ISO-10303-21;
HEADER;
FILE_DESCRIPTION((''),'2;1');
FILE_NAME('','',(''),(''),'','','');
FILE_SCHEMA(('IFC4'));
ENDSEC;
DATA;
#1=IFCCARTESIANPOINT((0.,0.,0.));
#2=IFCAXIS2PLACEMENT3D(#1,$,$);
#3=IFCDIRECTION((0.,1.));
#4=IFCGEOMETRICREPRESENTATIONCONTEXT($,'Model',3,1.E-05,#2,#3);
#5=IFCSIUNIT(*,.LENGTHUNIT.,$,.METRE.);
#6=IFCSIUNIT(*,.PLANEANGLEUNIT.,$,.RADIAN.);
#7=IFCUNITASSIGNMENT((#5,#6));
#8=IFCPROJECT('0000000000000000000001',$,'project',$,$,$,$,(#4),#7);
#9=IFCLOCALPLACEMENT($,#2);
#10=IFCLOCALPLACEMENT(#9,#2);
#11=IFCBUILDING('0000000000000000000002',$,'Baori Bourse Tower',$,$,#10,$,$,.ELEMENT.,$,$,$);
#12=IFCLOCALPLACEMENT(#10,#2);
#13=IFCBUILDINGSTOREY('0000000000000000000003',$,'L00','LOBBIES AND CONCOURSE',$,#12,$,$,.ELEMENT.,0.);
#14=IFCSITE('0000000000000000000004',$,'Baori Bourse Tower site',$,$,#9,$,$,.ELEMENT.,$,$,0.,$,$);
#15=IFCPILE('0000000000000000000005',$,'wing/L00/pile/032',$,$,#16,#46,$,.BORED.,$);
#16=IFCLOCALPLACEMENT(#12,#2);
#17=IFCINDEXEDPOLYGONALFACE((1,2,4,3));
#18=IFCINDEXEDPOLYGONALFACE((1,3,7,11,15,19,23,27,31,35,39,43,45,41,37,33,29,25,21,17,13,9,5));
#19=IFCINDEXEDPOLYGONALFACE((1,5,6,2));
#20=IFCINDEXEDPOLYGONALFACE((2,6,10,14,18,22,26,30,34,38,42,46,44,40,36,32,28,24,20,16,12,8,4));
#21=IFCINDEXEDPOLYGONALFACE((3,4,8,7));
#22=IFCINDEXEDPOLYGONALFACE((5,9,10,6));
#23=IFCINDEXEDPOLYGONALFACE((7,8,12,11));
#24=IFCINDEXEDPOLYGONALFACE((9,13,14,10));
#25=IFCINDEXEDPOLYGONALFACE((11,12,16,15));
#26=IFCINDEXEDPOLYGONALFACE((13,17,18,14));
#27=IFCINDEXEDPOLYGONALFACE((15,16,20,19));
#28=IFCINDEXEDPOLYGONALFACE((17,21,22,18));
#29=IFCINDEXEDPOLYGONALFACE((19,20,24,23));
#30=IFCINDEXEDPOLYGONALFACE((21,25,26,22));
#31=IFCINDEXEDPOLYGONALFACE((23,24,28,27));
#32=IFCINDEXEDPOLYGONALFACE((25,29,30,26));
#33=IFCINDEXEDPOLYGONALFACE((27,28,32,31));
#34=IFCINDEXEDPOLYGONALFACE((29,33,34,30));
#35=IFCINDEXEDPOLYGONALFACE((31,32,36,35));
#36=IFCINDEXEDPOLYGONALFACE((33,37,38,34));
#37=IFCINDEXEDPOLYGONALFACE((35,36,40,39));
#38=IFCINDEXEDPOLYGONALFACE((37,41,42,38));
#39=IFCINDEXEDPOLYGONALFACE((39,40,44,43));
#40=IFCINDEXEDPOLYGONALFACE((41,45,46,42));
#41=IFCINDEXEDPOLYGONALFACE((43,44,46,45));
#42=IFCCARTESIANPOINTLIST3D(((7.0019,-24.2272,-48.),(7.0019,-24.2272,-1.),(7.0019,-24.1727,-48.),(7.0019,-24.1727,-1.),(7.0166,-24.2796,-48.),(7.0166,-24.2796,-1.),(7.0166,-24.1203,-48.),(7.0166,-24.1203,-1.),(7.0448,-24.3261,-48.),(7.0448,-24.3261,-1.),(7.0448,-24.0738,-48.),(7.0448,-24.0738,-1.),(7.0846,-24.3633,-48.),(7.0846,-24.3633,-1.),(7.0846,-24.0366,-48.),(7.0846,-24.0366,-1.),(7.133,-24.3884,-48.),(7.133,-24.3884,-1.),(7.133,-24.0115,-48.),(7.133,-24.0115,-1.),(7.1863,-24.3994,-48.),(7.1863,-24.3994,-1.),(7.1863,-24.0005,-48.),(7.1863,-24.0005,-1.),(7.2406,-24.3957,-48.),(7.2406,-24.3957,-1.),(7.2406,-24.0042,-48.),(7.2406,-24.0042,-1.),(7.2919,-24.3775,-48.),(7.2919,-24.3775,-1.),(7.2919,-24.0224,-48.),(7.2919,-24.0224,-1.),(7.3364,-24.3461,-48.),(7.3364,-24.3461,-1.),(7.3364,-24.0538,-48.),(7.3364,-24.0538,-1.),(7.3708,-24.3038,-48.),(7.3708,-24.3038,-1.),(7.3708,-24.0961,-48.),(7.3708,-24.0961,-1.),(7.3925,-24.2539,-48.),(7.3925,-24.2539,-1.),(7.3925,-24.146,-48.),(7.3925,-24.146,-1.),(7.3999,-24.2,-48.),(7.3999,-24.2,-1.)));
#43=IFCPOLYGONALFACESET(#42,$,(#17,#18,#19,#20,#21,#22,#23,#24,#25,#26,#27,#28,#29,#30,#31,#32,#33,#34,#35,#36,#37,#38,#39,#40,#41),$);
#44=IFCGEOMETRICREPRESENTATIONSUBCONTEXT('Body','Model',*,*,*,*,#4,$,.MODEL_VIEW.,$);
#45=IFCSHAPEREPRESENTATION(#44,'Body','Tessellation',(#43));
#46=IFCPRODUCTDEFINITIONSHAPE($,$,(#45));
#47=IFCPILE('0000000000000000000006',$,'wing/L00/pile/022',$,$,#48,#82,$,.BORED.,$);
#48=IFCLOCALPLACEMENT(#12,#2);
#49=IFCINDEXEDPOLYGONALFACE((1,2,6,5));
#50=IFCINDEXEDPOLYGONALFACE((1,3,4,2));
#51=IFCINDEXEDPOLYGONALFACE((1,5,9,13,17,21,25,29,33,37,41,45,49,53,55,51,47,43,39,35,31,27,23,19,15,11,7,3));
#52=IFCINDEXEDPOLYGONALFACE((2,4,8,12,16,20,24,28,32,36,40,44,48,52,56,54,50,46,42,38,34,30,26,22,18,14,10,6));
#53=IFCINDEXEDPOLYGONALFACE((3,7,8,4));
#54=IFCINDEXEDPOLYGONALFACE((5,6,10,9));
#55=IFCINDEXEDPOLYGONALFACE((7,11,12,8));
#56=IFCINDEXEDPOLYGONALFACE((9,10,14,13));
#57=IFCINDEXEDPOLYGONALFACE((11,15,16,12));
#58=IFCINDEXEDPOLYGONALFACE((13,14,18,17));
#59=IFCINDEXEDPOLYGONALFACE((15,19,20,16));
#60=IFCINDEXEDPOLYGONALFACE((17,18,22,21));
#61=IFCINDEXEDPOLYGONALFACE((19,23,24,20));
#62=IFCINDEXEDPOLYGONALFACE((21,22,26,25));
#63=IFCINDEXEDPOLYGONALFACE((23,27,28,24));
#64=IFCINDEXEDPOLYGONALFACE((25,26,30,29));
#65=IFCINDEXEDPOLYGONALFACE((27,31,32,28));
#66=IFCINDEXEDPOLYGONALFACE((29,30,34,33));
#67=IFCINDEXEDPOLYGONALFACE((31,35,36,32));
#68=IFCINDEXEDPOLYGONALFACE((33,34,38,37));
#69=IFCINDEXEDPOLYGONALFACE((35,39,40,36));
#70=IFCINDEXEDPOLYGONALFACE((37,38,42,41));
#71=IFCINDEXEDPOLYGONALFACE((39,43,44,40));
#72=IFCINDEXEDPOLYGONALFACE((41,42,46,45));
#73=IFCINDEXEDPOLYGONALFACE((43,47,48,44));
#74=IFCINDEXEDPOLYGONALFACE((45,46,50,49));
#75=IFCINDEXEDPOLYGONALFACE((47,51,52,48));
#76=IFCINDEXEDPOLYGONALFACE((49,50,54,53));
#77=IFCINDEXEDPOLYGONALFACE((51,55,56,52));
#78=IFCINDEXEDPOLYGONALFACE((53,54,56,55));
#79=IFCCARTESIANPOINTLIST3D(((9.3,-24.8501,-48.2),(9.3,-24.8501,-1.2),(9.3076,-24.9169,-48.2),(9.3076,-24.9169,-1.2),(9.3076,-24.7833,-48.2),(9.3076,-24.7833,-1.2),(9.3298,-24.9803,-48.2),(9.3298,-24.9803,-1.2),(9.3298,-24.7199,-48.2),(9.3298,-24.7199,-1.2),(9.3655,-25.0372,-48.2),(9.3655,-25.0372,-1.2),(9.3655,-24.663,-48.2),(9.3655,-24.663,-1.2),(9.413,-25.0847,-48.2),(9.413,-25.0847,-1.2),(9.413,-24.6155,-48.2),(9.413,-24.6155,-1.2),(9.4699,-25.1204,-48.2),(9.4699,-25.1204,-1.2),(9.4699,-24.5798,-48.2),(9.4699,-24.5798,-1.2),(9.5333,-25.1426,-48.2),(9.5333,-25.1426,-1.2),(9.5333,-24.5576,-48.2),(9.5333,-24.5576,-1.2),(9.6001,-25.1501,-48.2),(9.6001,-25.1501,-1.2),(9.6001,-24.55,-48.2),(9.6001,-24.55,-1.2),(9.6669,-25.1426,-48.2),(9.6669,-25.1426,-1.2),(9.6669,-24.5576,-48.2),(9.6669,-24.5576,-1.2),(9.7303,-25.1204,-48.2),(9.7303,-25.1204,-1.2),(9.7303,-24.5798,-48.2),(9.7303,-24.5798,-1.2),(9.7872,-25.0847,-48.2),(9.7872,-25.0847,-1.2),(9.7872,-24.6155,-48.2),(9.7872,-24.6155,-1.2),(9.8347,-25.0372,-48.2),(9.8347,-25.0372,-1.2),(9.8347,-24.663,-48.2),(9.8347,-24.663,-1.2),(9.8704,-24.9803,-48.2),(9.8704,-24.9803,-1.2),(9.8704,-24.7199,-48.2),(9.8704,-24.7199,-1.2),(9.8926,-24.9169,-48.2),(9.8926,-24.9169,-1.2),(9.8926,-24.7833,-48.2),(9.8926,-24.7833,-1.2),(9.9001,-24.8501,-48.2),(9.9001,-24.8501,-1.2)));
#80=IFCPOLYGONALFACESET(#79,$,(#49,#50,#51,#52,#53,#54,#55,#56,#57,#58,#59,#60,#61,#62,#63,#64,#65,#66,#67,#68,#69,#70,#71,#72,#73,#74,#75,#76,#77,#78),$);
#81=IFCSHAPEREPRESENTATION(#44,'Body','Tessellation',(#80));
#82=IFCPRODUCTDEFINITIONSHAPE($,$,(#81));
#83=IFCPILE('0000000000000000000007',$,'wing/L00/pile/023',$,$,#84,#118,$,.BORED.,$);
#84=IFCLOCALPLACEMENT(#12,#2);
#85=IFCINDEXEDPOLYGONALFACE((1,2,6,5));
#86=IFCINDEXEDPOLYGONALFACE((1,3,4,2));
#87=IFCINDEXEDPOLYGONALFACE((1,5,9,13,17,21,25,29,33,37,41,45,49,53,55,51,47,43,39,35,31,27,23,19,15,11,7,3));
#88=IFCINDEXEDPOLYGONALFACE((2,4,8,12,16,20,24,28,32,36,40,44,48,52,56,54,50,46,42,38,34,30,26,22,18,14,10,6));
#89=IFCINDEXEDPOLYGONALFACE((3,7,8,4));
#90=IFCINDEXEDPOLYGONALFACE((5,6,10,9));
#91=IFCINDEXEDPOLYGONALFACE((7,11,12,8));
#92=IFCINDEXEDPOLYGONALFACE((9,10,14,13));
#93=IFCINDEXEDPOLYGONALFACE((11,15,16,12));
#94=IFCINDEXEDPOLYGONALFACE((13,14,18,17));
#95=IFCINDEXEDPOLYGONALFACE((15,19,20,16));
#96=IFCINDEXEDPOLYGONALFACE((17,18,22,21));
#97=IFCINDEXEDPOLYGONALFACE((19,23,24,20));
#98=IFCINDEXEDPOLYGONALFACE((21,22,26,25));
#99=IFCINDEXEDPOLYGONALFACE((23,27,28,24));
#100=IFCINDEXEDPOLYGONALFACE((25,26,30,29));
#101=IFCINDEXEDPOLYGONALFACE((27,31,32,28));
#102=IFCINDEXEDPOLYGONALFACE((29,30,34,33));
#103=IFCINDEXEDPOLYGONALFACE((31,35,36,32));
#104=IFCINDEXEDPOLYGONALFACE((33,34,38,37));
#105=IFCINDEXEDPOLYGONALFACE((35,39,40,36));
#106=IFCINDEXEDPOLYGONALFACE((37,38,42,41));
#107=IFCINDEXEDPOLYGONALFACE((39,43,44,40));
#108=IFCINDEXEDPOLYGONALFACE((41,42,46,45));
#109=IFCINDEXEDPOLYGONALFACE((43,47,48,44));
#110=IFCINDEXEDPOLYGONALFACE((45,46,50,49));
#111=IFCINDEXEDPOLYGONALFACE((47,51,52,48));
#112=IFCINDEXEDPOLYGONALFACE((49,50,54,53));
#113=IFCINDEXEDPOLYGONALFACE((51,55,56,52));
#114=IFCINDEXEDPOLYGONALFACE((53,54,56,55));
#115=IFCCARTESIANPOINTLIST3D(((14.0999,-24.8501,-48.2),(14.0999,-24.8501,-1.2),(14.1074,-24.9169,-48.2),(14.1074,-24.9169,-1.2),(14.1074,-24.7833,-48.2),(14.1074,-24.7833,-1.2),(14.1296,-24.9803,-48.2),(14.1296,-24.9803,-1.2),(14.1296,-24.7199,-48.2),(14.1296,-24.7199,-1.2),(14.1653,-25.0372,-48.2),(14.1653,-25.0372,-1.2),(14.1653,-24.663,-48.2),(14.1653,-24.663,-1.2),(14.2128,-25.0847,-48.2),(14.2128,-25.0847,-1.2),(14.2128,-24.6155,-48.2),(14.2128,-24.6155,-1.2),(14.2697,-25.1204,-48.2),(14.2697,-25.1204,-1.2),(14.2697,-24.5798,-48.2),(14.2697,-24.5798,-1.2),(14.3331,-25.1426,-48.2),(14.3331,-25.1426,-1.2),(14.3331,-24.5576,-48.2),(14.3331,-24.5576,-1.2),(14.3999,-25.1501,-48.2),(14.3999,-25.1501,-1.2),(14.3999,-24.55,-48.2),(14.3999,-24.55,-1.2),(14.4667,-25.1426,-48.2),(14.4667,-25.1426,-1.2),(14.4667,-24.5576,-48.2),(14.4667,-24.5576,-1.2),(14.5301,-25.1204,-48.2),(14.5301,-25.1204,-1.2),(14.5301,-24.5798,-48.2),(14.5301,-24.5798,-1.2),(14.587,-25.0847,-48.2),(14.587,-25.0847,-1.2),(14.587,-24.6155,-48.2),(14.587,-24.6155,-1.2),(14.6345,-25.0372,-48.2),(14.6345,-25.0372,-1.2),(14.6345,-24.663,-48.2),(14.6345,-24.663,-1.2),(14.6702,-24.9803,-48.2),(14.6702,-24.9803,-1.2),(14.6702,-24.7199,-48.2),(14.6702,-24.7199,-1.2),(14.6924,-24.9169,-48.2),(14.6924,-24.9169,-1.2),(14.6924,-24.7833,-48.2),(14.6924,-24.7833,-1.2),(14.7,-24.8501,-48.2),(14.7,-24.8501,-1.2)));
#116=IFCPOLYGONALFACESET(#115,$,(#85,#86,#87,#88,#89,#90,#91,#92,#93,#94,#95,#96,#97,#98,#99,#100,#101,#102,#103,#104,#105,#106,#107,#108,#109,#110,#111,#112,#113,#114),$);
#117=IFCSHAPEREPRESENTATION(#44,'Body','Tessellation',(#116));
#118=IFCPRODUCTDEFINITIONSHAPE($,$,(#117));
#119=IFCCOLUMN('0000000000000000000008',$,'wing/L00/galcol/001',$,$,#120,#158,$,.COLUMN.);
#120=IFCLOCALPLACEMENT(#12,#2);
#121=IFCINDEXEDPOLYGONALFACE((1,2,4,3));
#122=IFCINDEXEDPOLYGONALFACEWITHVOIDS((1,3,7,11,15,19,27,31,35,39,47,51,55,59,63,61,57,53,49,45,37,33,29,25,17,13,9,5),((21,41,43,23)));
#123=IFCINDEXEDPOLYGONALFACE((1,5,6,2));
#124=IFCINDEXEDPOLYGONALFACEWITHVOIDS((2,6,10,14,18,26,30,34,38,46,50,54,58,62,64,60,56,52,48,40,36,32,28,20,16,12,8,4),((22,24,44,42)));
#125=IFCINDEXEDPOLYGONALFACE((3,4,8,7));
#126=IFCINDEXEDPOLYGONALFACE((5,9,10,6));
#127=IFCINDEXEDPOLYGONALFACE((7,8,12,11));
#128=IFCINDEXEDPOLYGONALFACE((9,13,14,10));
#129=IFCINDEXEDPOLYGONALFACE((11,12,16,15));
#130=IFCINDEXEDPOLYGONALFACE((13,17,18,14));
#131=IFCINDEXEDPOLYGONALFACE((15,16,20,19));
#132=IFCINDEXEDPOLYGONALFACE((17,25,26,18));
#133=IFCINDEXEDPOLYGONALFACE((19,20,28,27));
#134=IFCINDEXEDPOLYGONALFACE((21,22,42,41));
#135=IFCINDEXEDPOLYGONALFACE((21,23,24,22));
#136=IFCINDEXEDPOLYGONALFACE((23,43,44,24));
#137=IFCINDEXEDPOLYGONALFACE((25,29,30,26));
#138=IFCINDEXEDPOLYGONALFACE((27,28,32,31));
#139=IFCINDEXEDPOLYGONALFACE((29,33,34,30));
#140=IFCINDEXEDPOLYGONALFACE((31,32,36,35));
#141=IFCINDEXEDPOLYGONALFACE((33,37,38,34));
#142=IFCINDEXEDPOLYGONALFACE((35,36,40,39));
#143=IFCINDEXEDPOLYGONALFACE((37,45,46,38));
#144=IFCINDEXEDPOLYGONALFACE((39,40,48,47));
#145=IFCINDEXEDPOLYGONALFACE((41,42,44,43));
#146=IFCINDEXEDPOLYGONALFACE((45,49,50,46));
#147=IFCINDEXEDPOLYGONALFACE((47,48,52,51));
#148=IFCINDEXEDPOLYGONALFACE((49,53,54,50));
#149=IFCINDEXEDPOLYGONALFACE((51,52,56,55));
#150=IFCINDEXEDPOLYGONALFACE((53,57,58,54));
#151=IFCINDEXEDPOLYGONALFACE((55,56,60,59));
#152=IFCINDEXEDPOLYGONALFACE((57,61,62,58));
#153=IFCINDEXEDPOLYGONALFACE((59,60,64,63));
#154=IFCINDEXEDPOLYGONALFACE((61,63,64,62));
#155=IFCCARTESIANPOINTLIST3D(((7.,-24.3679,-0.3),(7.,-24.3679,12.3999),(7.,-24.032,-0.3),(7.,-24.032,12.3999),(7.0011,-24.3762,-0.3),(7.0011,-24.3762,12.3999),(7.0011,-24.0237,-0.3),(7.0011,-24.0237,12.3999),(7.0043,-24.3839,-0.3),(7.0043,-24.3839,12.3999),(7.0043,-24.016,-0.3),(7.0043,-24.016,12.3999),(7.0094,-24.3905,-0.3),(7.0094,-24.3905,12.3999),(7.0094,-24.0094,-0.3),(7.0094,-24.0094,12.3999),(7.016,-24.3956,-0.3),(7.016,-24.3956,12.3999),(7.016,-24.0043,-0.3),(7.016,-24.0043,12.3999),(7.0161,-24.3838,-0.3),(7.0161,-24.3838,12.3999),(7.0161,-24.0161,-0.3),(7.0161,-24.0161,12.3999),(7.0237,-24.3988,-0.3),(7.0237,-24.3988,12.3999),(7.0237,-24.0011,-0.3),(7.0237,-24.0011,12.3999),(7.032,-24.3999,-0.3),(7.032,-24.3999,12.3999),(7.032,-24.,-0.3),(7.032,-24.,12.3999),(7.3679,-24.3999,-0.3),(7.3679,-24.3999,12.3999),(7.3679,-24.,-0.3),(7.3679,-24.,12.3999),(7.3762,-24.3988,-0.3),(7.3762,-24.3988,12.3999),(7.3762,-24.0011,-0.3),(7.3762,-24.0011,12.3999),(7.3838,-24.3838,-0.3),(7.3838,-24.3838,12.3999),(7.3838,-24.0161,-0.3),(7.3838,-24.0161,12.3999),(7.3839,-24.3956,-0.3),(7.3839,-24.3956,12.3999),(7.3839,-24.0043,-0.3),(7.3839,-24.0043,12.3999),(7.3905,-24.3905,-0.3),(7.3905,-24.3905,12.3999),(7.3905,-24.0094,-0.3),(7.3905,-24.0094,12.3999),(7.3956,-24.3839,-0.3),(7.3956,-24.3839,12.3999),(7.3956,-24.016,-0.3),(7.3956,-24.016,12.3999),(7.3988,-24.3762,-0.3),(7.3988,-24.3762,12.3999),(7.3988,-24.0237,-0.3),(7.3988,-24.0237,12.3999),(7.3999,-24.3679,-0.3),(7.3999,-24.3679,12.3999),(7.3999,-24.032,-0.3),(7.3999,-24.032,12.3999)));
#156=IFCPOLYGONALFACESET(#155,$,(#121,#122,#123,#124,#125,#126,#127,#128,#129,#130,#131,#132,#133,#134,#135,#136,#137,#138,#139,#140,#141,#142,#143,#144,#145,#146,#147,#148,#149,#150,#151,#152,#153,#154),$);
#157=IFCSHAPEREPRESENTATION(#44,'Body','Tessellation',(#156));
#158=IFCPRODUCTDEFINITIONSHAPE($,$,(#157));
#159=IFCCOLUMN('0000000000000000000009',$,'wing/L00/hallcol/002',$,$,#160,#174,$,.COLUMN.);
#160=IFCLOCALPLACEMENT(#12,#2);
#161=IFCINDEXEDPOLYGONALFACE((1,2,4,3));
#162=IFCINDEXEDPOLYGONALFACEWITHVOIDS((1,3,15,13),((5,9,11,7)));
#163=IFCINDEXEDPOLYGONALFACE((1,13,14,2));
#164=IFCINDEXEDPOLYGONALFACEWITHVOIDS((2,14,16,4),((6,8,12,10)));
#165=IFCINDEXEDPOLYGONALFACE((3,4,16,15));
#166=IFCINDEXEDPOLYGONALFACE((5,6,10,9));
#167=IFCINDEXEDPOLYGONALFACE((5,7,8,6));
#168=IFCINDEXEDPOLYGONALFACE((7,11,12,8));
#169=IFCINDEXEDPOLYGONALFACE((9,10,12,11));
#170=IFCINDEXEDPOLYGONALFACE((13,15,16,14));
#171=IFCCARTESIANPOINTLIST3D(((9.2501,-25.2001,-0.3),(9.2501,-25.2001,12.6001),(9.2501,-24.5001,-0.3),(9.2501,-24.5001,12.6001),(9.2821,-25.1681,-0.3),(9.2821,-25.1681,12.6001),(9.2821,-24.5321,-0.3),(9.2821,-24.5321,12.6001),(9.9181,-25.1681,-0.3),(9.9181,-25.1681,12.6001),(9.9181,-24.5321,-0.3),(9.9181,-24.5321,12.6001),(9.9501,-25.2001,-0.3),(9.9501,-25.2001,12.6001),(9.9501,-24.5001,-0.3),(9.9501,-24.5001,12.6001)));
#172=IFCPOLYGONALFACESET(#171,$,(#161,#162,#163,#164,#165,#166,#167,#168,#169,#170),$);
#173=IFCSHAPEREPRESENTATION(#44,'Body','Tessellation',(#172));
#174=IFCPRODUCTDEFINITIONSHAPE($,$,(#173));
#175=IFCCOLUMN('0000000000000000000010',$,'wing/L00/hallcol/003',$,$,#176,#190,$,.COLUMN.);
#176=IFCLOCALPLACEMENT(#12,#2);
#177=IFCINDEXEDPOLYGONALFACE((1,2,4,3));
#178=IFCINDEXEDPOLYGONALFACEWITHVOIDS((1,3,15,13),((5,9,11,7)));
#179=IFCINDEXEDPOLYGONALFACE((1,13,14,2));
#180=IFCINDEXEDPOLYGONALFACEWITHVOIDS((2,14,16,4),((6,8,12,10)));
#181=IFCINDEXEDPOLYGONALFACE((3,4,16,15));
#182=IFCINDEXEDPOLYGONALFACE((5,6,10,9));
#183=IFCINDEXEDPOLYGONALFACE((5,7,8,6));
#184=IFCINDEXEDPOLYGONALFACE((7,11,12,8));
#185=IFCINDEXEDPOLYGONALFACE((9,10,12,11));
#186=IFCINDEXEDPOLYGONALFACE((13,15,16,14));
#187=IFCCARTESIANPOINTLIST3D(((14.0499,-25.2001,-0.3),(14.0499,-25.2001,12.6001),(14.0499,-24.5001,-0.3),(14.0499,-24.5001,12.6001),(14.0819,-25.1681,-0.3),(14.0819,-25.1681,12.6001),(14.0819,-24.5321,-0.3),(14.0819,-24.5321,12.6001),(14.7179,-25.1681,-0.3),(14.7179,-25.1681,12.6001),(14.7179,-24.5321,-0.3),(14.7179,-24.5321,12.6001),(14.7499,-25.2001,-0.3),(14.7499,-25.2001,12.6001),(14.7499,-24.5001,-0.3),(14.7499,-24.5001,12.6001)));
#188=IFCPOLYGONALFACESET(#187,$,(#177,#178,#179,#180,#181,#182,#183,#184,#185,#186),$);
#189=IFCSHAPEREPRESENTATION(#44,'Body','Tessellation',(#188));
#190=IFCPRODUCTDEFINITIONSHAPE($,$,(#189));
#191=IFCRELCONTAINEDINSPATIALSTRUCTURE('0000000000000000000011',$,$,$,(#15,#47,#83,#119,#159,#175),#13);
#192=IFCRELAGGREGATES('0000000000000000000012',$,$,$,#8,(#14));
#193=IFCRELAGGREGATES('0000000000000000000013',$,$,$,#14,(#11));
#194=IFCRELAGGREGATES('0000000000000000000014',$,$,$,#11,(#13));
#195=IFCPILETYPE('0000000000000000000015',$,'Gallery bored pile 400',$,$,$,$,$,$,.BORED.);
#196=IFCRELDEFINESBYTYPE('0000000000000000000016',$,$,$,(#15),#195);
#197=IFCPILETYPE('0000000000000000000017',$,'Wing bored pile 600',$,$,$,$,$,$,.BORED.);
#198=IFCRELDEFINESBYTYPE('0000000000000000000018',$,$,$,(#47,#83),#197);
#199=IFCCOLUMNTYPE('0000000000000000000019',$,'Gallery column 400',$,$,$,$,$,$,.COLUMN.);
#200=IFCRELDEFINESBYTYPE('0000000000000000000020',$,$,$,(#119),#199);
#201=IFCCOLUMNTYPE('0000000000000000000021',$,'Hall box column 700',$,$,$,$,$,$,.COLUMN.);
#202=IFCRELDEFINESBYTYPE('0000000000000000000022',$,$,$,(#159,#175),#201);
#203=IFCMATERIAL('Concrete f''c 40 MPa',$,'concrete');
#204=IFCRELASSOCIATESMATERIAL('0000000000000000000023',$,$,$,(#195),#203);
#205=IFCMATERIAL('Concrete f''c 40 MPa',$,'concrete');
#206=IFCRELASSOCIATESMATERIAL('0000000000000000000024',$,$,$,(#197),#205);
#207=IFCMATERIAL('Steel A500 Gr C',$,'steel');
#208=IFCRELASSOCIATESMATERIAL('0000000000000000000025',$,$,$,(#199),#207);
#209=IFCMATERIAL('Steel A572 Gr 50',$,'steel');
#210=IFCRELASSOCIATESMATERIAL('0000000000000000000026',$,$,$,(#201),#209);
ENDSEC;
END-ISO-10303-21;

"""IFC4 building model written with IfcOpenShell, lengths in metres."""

from ifc_helpers import new_model, si_unit, direction, frame, origin, origin_2d, place, context, subcontext, project, spatial, hollow_rectangle, circle, extrude, material, material_profile, profile_set, type_object, element, save


model = new_model("IFC4")

# Units and contexts
model_context = context("Model", 3, precision=1e-05, world=origin(), true_north=direction((0.0, 1.0)))
body_context = subcontext(model_context, "Body", "Model", "MODEL_VIEW")
ifc_project = project(units=[si_unit("LENGTHUNIT", "METRE"), si_unit("PLANEANGLEUNIT", "RADIAN")], contexts=[model_context])

# Site, building, storey
site_placement = place(None, origin())
site = spatial("IfcSite", under=ifc_project, at=site_placement, Name="Baori Bourse Tower site", CompositionType="ELEMENT", RefElevation=0.0)
building_placement = place(site_placement, origin())
building = spatial("IfcBuilding", under=site, at=building_placement, Name="Baori Bourse Tower", CompositionType="ELEMENT")
storey_placement = place(building_placement, origin())
storey = spatial("IfcBuildingStorey", under=building, at=storey_placement, Name="L00", Description="LOBBIES AND CONCOURSE", CompositionType="ELEMENT", Elevation=0.0)

# Piles
ifc_material_1 = material(Name="Concrete f'c 40 MPa", Category="concrete")
ifc_material_profile_1 = material_profile(ifc_material_1, circle(Radius=0.2, at=origin_2d()), Name="Gallery bored pile 400")
ifc_profile_set_1 = profile_set([ifc_material_profile_1], Name="Concrete f'c 40 MPa")
pile_type_1 = type_object("IfcPileType", Name="Gallery bored pile 400", PredefinedType="BORED", material=ifc_profile_set_1)
pile_placement = place(storey_placement, frame((7.2, -24.2, -1.0), z_axis=(0.0, 0.0, -1.0), x_axis=(1.0, 0.0, 0.0)))
element("IfcPile", 1, at=pile_placement, inside=storey, type_object=pile_type_1, Name="wing/L00/pile/032", PredefinedType="BORED", context=body_context, shape_type="SweptSolid", body=[
    extrude(circle(Radius=0.2, at=origin_2d()), origin(), (0.0, 0.0, 1.0), 47.0),
])
ifc_material_2 = material(Name="Concrete f'c 40 MPa", Category="concrete")
ifc_material_profile_2 = material_profile(ifc_material_2, circle(Radius=0.3, at=origin_2d()), Name="Wing bored pile 600")
ifc_profile_set_2 = profile_set([ifc_material_profile_2], Name="Concrete f'c 40 MPa")
pile_type_2 = type_object("IfcPileType", Name="Wing bored pile 600", PredefinedType="BORED", material=ifc_profile_set_2)
for number, where, z_axis, x_axis, name in (
    (2, (9.6001, -24.8501, -1.2), (0.0, 0.0, -1.0), (1.0, 0.0, 0.0), "wing/L00/pile/022"),
    (3, (14.3999, -24.8501, -1.2), (0.0, 0.0, -1.0), (1.0, 0.0, 0.0), "wing/L00/pile/023"),
):
    element("IfcPile", number, at=place(storey_placement, frame(where, z_axis=z_axis, x_axis=x_axis)), inside=storey, type_object=pile_type_2, Name=name, PredefinedType="BORED", context=body_context, shape_type="SweptSolid", body=[
        extrude(circle(Radius=0.3, at=origin_2d()), origin(), (0.0, 0.0, 1.0), 47.0),
    ])

# Columns
ifc_material_3 = material(Name="Steel A500 Gr C", Category="steel")
ifc_material_profile_3 = material_profile(ifc_material_3, hollow_rectangle(XDim=0.3999, YDim=0.3999, WallThickness=0.0161, OuterFilletRadius=0.032, at=origin_2d()), Name="HSS400x400x16")
ifc_profile_set_3 = profile_set([ifc_material_profile_3], Name="Steel A500 Gr C")
column_type_1 = type_object("IfcColumnType", Name="Gallery column 400", PredefinedType="COLUMN", material=ifc_profile_set_3)
column_placement = place(storey_placement, frame((7.2, -24.2, -0.3), z_axis=(0.0, 0.0, 1.0), x_axis=(1.0, 0.0, 0.0)))
element("IfcColumn", 4, at=column_placement, inside=storey, type_object=column_type_1, Name="wing/L00/galcol/001", PredefinedType="COLUMN", context=body_context, shape_type="SweptSolid", body=[
    extrude(hollow_rectangle(XDim=0.3999, YDim=0.3999, WallThickness=0.0161, OuterFilletRadius=0.032, at=origin_2d()), origin(), (0.0, 0.0, 1.0), 12.7),
])
ifc_material_4 = material(Name="Steel A572 Gr 50", Category="steel")
ifc_material_profile_4 = material_profile(ifc_material_4, hollow_rectangle(XDim=0.7, YDim=0.7, WallThickness=0.032, at=origin_2d()), Name="BOX 700x700x32")
ifc_profile_set_4 = profile_set([ifc_material_profile_4], Name="Steel A572 Gr 50")
column_type_2 = type_object("IfcColumnType", Name="Hall box column 700", PredefinedType="COLUMN", material=ifc_profile_set_4)
for number, where, z_axis, x_axis, name in (
    (5, (9.6001, -24.8501, -0.3), (0.0, 0.0, 1.0), (1.0, 0.0, 0.0), "wing/L00/hallcol/002"),
    (6, (14.3999, -24.8501, -0.3), (0.0, 0.0, 1.0), (1.0, 0.0, 0.0), "wing/L00/hallcol/003"),
):
    element("IfcColumn", number, at=place(storey_placement, frame(where, z_axis=z_axis, x_axis=x_axis)), inside=storey, type_object=column_type_2, Name=name, PredefinedType="COLUMN", context=body_context, shape_type="SweptSolid", body=[
        extrude(hollow_rectangle(XDim=0.7, YDim=0.7, WallThickness=0.032, at=origin_2d()), origin(), (0.0, 0.0, 1.0), 12.9001),
    ])

save(model, "model.ifc")
